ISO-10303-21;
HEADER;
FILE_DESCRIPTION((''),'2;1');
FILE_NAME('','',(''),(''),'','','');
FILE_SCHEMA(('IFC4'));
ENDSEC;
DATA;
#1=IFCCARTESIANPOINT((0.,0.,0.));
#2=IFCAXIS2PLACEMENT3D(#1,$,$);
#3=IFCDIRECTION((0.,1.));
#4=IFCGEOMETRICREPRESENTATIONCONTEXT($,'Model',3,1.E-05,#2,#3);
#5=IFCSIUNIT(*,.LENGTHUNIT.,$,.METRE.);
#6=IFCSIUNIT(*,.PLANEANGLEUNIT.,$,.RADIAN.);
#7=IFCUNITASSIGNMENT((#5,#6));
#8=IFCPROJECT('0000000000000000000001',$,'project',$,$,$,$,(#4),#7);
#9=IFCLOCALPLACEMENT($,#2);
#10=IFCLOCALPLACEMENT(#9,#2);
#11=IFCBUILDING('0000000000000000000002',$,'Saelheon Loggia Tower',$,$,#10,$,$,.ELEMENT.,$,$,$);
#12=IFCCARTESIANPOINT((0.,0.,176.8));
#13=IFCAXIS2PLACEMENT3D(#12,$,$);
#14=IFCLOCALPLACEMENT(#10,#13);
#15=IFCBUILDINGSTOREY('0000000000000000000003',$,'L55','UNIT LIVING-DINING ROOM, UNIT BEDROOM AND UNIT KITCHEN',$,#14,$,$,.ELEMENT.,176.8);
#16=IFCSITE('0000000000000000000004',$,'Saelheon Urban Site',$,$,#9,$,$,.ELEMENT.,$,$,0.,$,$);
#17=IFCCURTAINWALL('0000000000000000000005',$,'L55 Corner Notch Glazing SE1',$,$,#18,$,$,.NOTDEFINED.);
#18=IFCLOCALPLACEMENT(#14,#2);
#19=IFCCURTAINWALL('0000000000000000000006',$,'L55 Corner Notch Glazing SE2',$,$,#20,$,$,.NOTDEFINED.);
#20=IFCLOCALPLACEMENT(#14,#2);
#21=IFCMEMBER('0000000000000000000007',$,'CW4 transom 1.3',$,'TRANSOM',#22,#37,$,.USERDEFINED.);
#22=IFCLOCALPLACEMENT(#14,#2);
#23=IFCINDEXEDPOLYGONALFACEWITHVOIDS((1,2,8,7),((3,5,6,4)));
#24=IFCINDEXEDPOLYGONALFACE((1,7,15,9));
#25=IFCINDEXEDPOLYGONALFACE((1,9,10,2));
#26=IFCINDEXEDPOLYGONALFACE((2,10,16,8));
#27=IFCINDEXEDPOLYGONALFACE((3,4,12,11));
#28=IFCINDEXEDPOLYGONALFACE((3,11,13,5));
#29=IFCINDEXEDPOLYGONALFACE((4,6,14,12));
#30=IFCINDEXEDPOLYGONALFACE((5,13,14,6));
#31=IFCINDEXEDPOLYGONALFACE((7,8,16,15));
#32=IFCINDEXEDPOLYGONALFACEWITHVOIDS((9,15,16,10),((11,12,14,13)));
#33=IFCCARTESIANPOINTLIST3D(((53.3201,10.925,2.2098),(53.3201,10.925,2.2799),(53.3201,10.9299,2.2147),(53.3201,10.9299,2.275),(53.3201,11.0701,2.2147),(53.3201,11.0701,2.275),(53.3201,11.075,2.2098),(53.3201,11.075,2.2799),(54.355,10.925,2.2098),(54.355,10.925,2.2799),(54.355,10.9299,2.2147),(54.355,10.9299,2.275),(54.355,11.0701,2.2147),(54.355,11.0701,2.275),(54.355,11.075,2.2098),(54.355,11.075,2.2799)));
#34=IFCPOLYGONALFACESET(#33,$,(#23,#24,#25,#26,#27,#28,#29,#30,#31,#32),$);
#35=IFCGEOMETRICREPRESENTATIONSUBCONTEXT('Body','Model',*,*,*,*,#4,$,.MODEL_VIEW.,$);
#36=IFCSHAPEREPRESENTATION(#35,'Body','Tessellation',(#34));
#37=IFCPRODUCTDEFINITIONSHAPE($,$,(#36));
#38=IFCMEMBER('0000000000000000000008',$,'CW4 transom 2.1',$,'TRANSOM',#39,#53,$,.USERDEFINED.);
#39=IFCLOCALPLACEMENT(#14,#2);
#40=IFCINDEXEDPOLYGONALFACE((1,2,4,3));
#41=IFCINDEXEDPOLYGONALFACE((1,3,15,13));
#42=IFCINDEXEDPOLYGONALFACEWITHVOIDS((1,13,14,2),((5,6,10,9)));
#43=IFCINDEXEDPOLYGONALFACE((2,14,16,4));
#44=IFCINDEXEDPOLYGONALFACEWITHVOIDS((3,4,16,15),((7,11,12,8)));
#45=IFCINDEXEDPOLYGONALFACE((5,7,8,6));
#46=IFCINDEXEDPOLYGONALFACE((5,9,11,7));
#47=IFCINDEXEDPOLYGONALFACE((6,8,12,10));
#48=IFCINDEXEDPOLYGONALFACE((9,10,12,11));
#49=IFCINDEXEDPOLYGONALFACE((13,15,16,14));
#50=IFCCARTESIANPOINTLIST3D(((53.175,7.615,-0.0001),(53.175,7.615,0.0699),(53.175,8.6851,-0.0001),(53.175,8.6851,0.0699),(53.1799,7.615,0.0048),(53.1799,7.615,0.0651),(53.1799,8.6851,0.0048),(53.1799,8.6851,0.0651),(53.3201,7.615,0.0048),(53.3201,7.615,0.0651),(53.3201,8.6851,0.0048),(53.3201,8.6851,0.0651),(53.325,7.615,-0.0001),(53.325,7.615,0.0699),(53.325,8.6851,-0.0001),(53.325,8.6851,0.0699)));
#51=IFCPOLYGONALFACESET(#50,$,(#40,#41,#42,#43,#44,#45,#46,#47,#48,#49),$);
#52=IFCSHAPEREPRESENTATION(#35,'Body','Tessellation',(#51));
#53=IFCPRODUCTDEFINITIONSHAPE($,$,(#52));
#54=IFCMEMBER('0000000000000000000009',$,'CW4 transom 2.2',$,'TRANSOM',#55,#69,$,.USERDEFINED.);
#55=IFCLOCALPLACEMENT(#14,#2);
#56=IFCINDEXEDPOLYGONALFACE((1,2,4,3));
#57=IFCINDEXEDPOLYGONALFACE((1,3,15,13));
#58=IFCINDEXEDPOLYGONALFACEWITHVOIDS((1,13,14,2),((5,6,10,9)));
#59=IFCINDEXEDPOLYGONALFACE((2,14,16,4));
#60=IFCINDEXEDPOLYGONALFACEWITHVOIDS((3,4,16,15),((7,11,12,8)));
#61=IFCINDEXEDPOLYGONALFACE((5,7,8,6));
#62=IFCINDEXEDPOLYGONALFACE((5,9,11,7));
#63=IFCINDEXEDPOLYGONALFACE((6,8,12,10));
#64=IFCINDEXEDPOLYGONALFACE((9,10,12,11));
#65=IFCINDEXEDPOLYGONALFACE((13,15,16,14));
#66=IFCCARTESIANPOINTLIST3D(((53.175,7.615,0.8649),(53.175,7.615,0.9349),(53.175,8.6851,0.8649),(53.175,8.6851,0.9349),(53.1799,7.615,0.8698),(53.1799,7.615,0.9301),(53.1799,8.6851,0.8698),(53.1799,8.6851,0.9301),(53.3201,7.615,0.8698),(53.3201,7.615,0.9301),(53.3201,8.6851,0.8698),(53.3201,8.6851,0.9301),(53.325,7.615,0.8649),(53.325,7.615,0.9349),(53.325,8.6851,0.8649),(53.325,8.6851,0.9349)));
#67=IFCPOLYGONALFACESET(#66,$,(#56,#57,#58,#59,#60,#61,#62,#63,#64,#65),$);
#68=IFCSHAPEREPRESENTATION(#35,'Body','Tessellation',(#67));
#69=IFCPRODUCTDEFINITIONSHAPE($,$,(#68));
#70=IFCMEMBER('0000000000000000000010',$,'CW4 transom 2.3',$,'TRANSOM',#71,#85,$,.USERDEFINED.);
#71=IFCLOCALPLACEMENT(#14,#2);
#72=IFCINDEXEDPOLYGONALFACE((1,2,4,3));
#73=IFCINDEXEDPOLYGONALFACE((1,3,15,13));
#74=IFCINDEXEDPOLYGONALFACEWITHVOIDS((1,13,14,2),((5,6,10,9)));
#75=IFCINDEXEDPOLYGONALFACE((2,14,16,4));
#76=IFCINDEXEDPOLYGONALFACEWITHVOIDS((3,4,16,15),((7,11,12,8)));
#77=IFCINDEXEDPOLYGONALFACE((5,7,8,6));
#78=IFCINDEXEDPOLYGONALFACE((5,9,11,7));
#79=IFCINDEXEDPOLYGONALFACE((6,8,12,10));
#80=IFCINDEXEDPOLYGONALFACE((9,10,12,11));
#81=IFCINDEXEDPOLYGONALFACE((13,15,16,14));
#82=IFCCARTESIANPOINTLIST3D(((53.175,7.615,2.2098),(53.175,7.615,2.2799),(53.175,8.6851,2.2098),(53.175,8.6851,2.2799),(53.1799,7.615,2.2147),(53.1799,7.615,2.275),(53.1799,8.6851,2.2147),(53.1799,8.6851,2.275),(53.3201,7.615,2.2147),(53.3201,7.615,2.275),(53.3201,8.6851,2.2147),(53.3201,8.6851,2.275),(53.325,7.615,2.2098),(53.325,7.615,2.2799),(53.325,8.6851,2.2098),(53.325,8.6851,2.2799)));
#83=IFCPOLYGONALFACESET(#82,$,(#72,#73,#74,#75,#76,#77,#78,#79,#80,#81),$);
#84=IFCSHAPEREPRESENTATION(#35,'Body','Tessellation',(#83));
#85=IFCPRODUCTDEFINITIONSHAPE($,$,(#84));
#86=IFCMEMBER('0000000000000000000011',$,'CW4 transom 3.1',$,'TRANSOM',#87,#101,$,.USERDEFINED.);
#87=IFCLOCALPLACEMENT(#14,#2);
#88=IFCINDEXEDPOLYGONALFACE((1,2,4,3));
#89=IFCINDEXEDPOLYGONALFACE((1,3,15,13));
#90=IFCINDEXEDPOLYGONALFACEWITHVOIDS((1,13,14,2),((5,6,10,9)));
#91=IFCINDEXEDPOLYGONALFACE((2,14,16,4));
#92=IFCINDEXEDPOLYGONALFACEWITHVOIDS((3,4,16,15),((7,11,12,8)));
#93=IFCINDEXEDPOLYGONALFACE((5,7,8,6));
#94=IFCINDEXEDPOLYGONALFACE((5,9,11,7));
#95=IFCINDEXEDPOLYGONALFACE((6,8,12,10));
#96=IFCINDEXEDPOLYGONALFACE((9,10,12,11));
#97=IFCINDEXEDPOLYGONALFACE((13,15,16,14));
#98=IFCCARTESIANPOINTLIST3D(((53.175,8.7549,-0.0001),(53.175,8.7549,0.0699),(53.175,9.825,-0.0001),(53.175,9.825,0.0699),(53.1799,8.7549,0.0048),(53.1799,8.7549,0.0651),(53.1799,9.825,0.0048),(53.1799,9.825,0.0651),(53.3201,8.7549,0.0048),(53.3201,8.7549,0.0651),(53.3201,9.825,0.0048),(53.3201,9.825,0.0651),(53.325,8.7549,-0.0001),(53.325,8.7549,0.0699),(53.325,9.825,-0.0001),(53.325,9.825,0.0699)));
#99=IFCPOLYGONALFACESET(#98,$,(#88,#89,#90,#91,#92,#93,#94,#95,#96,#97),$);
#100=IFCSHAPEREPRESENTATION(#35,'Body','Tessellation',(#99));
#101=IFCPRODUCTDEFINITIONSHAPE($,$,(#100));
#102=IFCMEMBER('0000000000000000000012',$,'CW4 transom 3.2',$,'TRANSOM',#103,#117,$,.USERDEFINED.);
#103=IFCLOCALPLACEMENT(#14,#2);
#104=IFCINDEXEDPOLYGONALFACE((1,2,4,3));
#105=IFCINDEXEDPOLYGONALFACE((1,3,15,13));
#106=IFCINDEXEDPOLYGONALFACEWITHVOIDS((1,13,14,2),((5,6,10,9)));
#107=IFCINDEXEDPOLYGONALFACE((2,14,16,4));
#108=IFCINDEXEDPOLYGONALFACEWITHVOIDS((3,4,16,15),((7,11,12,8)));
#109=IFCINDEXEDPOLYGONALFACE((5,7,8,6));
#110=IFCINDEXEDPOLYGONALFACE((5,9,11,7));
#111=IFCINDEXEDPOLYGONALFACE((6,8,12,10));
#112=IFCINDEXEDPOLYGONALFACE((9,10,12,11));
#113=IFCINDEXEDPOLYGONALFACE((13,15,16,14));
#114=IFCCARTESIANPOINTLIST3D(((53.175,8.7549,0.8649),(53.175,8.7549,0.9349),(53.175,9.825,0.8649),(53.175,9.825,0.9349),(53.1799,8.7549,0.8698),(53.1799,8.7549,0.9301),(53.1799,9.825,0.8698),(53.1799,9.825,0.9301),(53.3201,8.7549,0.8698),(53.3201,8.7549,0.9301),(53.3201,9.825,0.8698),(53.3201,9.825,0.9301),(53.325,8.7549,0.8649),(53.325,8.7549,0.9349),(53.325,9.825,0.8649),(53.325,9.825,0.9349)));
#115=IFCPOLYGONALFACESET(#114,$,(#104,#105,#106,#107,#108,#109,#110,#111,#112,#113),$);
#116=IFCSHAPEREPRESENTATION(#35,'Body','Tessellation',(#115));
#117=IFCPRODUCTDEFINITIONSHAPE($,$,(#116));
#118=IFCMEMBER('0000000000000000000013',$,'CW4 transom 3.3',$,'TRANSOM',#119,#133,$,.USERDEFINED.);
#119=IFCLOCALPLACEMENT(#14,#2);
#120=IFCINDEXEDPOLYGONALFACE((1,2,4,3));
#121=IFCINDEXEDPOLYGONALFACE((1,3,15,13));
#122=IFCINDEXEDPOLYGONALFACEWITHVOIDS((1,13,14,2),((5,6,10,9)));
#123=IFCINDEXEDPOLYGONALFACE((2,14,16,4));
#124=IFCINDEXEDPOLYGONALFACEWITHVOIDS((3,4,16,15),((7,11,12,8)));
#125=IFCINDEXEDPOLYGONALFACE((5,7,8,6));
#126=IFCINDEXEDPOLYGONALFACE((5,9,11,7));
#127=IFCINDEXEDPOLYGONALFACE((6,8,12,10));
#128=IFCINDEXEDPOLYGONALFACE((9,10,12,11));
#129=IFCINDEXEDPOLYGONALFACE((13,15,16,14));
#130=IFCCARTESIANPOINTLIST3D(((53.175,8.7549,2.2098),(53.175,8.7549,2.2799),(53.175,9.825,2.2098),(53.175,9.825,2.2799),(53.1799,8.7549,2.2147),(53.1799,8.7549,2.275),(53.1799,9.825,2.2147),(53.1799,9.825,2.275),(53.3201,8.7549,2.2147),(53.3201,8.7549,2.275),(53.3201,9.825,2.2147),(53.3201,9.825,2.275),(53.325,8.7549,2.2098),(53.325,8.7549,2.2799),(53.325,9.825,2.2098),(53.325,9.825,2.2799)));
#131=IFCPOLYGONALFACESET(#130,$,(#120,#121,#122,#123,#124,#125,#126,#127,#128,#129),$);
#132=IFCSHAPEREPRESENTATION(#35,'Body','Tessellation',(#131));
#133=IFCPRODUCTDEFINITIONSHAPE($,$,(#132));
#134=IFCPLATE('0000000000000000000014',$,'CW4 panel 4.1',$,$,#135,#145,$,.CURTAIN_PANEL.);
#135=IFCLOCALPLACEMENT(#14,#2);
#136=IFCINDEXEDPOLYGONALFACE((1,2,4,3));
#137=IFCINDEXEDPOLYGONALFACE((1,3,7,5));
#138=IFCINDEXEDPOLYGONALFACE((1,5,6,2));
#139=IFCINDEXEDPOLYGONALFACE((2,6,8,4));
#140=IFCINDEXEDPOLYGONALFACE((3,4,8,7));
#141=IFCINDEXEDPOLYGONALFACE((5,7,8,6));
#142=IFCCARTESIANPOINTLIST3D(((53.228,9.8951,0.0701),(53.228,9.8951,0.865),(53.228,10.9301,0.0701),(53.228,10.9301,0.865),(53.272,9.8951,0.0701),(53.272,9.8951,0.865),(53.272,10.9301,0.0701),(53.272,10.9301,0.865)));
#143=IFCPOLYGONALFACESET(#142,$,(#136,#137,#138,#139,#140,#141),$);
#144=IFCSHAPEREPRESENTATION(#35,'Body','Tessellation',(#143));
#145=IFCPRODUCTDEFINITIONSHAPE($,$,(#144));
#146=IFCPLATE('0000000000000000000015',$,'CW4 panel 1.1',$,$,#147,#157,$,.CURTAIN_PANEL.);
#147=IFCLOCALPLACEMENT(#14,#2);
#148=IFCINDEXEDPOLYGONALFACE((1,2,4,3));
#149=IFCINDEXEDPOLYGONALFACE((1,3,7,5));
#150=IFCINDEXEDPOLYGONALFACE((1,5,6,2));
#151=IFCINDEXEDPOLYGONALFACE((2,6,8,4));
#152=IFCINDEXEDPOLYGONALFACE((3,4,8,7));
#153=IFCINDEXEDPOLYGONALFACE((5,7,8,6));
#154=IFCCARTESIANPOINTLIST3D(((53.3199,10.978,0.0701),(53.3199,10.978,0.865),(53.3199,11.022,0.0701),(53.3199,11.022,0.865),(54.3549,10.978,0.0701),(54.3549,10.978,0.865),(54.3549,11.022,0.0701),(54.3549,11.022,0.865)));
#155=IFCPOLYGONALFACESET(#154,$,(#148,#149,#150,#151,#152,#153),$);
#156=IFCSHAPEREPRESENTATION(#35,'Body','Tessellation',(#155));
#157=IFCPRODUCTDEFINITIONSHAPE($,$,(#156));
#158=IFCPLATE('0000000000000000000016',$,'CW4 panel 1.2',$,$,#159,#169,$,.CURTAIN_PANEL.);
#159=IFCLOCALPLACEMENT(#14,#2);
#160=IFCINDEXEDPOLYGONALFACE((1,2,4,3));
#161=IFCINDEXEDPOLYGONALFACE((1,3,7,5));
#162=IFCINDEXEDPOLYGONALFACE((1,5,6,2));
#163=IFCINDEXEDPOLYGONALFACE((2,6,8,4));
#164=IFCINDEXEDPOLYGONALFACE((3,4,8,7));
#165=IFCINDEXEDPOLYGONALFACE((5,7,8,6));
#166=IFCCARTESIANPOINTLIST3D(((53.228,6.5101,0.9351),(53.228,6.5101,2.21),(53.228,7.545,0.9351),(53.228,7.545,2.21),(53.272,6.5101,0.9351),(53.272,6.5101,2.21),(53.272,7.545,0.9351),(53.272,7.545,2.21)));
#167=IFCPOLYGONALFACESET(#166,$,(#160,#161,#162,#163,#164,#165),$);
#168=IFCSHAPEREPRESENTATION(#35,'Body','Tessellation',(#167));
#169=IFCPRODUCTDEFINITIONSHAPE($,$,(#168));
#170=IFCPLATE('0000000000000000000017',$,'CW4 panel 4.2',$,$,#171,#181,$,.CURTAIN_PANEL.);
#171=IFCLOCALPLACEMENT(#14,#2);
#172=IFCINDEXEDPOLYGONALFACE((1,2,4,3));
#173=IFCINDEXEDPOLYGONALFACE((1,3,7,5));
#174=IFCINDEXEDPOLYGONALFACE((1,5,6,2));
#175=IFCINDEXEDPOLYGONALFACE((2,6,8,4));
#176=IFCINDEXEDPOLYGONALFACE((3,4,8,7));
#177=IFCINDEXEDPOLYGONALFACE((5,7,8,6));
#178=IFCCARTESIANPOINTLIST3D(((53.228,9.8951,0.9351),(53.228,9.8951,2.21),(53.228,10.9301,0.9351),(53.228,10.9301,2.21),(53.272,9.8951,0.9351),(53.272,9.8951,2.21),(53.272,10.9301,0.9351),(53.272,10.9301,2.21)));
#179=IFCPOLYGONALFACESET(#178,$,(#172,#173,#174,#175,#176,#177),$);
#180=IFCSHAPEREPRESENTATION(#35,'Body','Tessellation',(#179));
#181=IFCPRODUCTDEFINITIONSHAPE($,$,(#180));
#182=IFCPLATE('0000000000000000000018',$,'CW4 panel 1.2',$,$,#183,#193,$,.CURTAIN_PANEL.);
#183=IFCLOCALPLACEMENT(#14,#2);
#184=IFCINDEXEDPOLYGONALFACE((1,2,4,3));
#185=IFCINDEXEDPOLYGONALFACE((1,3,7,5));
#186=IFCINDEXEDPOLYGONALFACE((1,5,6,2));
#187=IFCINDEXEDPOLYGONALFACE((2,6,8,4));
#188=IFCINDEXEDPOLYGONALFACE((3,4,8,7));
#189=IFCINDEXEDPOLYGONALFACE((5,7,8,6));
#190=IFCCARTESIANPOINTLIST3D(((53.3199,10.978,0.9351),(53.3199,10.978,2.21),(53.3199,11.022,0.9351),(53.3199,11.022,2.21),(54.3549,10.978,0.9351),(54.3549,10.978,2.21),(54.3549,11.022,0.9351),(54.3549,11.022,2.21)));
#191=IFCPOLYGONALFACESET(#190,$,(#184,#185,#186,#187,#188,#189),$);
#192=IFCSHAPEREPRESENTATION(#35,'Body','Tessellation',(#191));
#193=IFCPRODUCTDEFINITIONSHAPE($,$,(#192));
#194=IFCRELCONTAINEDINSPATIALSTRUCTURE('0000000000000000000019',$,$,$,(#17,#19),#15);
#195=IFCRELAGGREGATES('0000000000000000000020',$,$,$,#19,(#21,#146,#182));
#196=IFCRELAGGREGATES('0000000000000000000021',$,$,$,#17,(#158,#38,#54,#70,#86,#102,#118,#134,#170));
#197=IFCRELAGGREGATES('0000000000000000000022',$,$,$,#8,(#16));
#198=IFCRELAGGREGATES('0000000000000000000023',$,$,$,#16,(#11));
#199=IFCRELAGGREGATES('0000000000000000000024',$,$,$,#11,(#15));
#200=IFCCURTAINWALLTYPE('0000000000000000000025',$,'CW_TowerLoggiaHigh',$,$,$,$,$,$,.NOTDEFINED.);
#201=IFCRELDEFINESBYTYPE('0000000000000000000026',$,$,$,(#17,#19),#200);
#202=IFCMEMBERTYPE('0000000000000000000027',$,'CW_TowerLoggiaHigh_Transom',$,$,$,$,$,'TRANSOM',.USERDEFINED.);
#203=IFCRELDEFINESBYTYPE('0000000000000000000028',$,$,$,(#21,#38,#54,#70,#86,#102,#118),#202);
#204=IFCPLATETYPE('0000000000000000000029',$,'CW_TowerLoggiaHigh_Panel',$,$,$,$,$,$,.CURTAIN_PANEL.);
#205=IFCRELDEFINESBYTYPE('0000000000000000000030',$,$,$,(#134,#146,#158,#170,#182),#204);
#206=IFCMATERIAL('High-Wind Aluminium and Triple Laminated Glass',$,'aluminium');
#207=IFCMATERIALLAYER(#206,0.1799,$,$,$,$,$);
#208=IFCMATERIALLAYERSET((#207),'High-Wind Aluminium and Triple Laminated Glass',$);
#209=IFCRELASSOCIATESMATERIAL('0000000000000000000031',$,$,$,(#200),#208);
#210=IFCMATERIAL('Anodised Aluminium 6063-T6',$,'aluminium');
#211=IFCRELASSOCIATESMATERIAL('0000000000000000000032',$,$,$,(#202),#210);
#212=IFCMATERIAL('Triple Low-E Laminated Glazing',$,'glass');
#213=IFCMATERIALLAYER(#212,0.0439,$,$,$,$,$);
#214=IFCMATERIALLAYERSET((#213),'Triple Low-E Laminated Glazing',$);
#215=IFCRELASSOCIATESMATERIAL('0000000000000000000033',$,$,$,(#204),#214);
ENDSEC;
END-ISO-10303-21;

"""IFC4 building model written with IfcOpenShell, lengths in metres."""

from ifc_helpers import new_model, si_unit, direction, frame, origin, origin_2d, place, context, subcontext, project, spatial, rectangle, hollow_rectangle, extrude, source, transform, mapped, material, layer, layer_set, material_profile, profile_set, type_object, element, aggregate, save


model = new_model("IFC4")

# Units and contexts
model_context = context("Model", 3, precision=1e-05, world=origin(), true_north=direction((0.0, 1.0)))
body_context = subcontext(model_context, "Body", "Model", "MODEL_VIEW")
ifc_project = project(units=[si_unit("LENGTHUNIT", "METRE"), si_unit("PLANEANGLEUNIT", "RADIAN")], contexts=[model_context])

# Site, building, storey
site_placement = place(None, origin())
site = spatial("IfcSite", under=ifc_project, at=site_placement, Name="Saelheon Urban Site", CompositionType="ELEMENT", RefElevation=0.0)
building_placement = place(site_placement, origin())
building = spatial("IfcBuilding", under=site, at=building_placement, Name="Saelheon Loggia Tower", CompositionType="ELEMENT")
storey_placement = place(building_placement, frame((0.0, 0.0, 176.8)))
storey = spatial("IfcBuildingStorey", under=building, at=storey_placement, Name="L55", Description="UNIT LIVING-DINING ROOM, UNIT BEDROOM AND UNIT KITCHEN", CompositionType="ELEMENT", Elevation=176.8)

# Curtain walls
ifc_material_1 = material(Name="High-Wind Aluminium and Triple Laminated Glass", Category="aluminium")
ifc_layer_1 = layer(ifc_material_1, 0.1799)
ifc_layer_set_1 = layer_set([ifc_layer_1], Name="High-Wind Aluminium and Triple Laminated Glass")
curtain_wall_type = type_object("IfcCurtainWallType", Name="CW_TowerLoggiaHigh", PredefinedType="NOTDEFINED", material=ifc_layer_set_1)
curtain_wall_1_placement = place(storey_placement, origin())
curtain_wall_1 = element("IfcCurtainWall", 1, at=curtain_wall_1_placement, inside=storey, type_object=curtain_wall_type, Name="L55 Corner Notch Glazing SE1", PredefinedType="NOTDEFINED")
ifc_material_2 = material(Name="Anodised Aluminium 6063-T6", Category="aluminium")
curtain_wall_2_placement = place(storey_placement, origin())
curtain_wall_2 = element("IfcCurtainWall", 2, at=curtain_wall_2_placement, inside=storey, type_object=curtain_wall_type, Name="L55 Corner Notch Glazing SE2", PredefinedType="NOTDEFINED")

# Members
ifc_material_profile_1 = material_profile(ifc_material_2, hollow_rectangle(XDim=0.0701, YDim=0.1499, WallThickness=0.0049, at=origin_2d()), Name="RHS-150x70x5")
ifc_profile_set_1 = profile_set([ifc_material_profile_1], Name="Anodised Aluminium 6063-T6")
member_type_1 = type_object("IfcMemberType", Name="CW_TowerLoggiaHigh_Transom", ElementType="TRANSOM", PredefinedType="USERDEFINED", material=ifc_profile_set_1)
shared_shape_1 = source(origin(), body_context, "Body", "SweptSolid", [
    extrude(hollow_rectangle(XDim=0.0701, YDim=0.1499, WallThickness=0.0049, at=origin_2d()), origin(), (0.0, 0.0, 1.0), 1.0349),
])
member_1_placement = place(storey_placement, frame((53.3201, 11.0, 2.2449), z_axis=(1.0, 0.0, 0.0), x_axis=(0.0, 0.0, 1.0)))
member_1 = element("IfcMember", 3, at=member_1_placement, type_object=member_type_1, Name="CW4 transom 1.3", ObjectType="TRANSOM", PredefinedType="USERDEFINED", context=body_context, shape_type="MappedRepresentation", body=[
    mapped(shared_shape_1, transform((0.0, 0.0, 0.0), scale=1.0)),
])
shared_shape_2 = source(origin(), body_context, "Body", "SweptSolid", [
    extrude(hollow_rectangle(XDim=0.0701, YDim=0.1499, WallThickness=0.0049, at=origin_2d()), origin(), (0.0, 0.0, 1.0), 1.0701),
])
member_2_placement = place(storey_placement, frame((53.25, 7.615, 0.0349), z_axis=(0.0, 1.0, 0.0), x_axis=(0.0, 0.0, 1.0)))
member_2 = element("IfcMember", 4, at=member_2_placement, type_object=member_type_1, Name="CW4 transom 2.1", ObjectType="TRANSOM", PredefinedType="USERDEFINED", context=body_context, shape_type="MappedRepresentation", body=[
    mapped(shared_shape_2, transform((0.0, 0.0, 0.0), scale=1.0)),
])
member_3_placement = place(storey_placement, frame((53.25, 7.615, 0.8999), z_axis=(0.0, 1.0, 0.0), x_axis=(0.0, 0.0, 1.0)))
member_3 = element("IfcMember", 5, at=member_3_placement, type_object=member_type_1, Name="CW4 transom 2.2", ObjectType="TRANSOM", PredefinedType="USERDEFINED", context=body_context, shape_type="MappedRepresentation", body=[
    mapped(shared_shape_2, transform((0.0, 0.0, 0.0), scale=1.0)),
])
member_4_placement = place(storey_placement, frame((53.25, 7.615, 2.2449), z_axis=(0.0, 1.0, 0.0), x_axis=(0.0, 0.0, 1.0)))
member_4 = element("IfcMember", 6, at=member_4_placement, type_object=member_type_1, Name="CW4 transom 2.3", ObjectType="TRANSOM", PredefinedType="USERDEFINED", context=body_context, shape_type="MappedRepresentation", body=[
    mapped(shared_shape_2, transform((0.0, 0.0, 0.0), scale=1.0)),
])
member_5_placement = place(storey_placement, frame((53.25, 8.7549, 0.0349), z_axis=(0.0, 1.0, 0.0), x_axis=(0.0, 0.0, 1.0)))
member_5 = element("IfcMember", 7, at=member_5_placement, type_object=member_type_1, Name="CW4 transom 3.1", ObjectType="TRANSOM", PredefinedType="USERDEFINED", context=body_context, shape_type="MappedRepresentation", body=[
    mapped(shared_shape_2, transform((0.0, 0.0, 0.0), scale=1.0)),
])
member_6_placement = place(storey_placement, frame((53.25, 8.7549, 0.8999), z_axis=(0.0, 1.0, 0.0), x_axis=(0.0, 0.0, 1.0)))
member_6 = element("IfcMember", 8, at=member_6_placement, type_object=member_type_1, Name="CW4 transom 3.2", ObjectType="TRANSOM", PredefinedType="USERDEFINED", context=body_context, shape_type="MappedRepresentation", body=[
    mapped(shared_shape_2, transform((0.0, 0.0, 0.0), scale=1.0)),
])
member_7_placement = place(storey_placement, frame((53.25, 8.7549, 2.2449), z_axis=(0.0, 1.0, 0.0), x_axis=(0.0, 0.0, 1.0)))
member_7 = element("IfcMember", 9, at=member_7_placement, type_object=member_type_1, Name="CW4 transom 3.3", ObjectType="TRANSOM", PredefinedType="USERDEFINED", context=body_context, shape_type="MappedRepresentation", body=[
    mapped(shared_shape_2, transform((0.0, 0.0, 0.0), scale=1.0)),
])

# Plates
ifc_material_3 = material(Name="Triple Low-E Laminated Glazing", Category="glass")
ifc_layer_2 = layer(ifc_material_3, 0.0439)
ifc_layer_set_2 = layer_set([ifc_layer_2], Name="Triple Low-E Laminated Glazing")
plate_type = type_object("IfcPlateType", Name="CW_TowerLoggiaHigh_Panel", PredefinedType="CURTAIN_PANEL", material=ifc_layer_set_2)
shared_shape_3 = source(origin(), body_context, "Body", "SweptSolid", [
    extrude(rectangle(XDim=1.0349, YDim=0.0439, at=origin_2d()), origin(), (0.0, 0.0, 1.0), 0.7949),
])
plate_1_placement = place(storey_placement, frame((53.25, 10.4126, 0.0701), z_axis=(0.0, 0.0, 1.0), x_axis=(0.0, 1.0, 0.0)))
plate_1 = element("IfcPlate", 10, at=plate_1_placement, type_object=plate_type, Name="CW4 panel 4.1", PredefinedType="CURTAIN_PANEL", context=body_context, shape_type="MappedRepresentation", body=[
    mapped(shared_shape_3, transform((0.0, 0.0, 0.0), scale=1.0)),
])
plate_2_placement = place(storey_placement, frame((53.8374, 11.0, 0.0701), z_axis=(0.0, 0.0, 1.0), x_axis=(1.0, 0.0, 0.0)))
plate_2 = element("IfcPlate", 11, at=plate_2_placement, type_object=plate_type, Name="CW4 panel 1.1", PredefinedType="CURTAIN_PANEL", context=body_context, shape_type="MappedRepresentation", body=[
    mapped(shared_shape_3, transform((0.0, 0.0, 0.0), scale=1.0)),
])
shared_shape_4 = source(origin(), body_context, "Body", "SweptSolid", [
    extrude(rectangle(XDim=1.0349, YDim=0.0439, at=origin_2d()), origin(), (0.0, 0.0, 1.0), 1.2749),
])
plate_3_placement = place(storey_placement, frame((53.25, 7.0276, 0.9351), z_axis=(0.0, 0.0, 1.0), x_axis=(0.0, 1.0, 0.0)))
plate_3 = element("IfcPlate", 12, at=plate_3_placement, type_object=plate_type, Name="CW4 panel 1.2", PredefinedType="CURTAIN_PANEL", context=body_context, shape_type="MappedRepresentation", body=[
    mapped(shared_shape_4, transform((0.0, 0.0, 0.0), scale=1.0)),
])
plate_4_placement = place(storey_placement, frame((53.25, 10.4126, 0.9351), z_axis=(0.0, 0.0, 1.0), x_axis=(0.0, 1.0, 0.0)))
plate_4 = element("IfcPlate", 13, at=plate_4_placement, type_object=plate_type, Name="CW4 panel 4.2", PredefinedType="CURTAIN_PANEL", context=body_context, shape_type="MappedRepresentation", body=[
    mapped(shared_shape_4, transform((0.0, 0.0, 0.0), scale=1.0)),
])
plate_5_placement = place(storey_placement, frame((53.8374, 11.0, 0.9351), z_axis=(0.0, 0.0, 1.0), x_axis=(1.0, 0.0, 0.0)))
plate_5 = element("IfcPlate", 14, at=plate_5_placement, type_object=plate_type, Name="CW4 panel 1.2", PredefinedType="CURTAIN_PANEL", context=body_context, shape_type="MappedRepresentation", body=[
    mapped(shared_shape_4, transform((0.0, 0.0, 0.0), scale=1.0)),
])
aggregate(curtain_wall_2, [member_1, plate_2, plate_5])
aggregate(curtain_wall_1, [plate_3, member_2, member_3, member_4, member_5, member_6, member_7, plate_1, plate_4])

save(model, "model.ifc")
